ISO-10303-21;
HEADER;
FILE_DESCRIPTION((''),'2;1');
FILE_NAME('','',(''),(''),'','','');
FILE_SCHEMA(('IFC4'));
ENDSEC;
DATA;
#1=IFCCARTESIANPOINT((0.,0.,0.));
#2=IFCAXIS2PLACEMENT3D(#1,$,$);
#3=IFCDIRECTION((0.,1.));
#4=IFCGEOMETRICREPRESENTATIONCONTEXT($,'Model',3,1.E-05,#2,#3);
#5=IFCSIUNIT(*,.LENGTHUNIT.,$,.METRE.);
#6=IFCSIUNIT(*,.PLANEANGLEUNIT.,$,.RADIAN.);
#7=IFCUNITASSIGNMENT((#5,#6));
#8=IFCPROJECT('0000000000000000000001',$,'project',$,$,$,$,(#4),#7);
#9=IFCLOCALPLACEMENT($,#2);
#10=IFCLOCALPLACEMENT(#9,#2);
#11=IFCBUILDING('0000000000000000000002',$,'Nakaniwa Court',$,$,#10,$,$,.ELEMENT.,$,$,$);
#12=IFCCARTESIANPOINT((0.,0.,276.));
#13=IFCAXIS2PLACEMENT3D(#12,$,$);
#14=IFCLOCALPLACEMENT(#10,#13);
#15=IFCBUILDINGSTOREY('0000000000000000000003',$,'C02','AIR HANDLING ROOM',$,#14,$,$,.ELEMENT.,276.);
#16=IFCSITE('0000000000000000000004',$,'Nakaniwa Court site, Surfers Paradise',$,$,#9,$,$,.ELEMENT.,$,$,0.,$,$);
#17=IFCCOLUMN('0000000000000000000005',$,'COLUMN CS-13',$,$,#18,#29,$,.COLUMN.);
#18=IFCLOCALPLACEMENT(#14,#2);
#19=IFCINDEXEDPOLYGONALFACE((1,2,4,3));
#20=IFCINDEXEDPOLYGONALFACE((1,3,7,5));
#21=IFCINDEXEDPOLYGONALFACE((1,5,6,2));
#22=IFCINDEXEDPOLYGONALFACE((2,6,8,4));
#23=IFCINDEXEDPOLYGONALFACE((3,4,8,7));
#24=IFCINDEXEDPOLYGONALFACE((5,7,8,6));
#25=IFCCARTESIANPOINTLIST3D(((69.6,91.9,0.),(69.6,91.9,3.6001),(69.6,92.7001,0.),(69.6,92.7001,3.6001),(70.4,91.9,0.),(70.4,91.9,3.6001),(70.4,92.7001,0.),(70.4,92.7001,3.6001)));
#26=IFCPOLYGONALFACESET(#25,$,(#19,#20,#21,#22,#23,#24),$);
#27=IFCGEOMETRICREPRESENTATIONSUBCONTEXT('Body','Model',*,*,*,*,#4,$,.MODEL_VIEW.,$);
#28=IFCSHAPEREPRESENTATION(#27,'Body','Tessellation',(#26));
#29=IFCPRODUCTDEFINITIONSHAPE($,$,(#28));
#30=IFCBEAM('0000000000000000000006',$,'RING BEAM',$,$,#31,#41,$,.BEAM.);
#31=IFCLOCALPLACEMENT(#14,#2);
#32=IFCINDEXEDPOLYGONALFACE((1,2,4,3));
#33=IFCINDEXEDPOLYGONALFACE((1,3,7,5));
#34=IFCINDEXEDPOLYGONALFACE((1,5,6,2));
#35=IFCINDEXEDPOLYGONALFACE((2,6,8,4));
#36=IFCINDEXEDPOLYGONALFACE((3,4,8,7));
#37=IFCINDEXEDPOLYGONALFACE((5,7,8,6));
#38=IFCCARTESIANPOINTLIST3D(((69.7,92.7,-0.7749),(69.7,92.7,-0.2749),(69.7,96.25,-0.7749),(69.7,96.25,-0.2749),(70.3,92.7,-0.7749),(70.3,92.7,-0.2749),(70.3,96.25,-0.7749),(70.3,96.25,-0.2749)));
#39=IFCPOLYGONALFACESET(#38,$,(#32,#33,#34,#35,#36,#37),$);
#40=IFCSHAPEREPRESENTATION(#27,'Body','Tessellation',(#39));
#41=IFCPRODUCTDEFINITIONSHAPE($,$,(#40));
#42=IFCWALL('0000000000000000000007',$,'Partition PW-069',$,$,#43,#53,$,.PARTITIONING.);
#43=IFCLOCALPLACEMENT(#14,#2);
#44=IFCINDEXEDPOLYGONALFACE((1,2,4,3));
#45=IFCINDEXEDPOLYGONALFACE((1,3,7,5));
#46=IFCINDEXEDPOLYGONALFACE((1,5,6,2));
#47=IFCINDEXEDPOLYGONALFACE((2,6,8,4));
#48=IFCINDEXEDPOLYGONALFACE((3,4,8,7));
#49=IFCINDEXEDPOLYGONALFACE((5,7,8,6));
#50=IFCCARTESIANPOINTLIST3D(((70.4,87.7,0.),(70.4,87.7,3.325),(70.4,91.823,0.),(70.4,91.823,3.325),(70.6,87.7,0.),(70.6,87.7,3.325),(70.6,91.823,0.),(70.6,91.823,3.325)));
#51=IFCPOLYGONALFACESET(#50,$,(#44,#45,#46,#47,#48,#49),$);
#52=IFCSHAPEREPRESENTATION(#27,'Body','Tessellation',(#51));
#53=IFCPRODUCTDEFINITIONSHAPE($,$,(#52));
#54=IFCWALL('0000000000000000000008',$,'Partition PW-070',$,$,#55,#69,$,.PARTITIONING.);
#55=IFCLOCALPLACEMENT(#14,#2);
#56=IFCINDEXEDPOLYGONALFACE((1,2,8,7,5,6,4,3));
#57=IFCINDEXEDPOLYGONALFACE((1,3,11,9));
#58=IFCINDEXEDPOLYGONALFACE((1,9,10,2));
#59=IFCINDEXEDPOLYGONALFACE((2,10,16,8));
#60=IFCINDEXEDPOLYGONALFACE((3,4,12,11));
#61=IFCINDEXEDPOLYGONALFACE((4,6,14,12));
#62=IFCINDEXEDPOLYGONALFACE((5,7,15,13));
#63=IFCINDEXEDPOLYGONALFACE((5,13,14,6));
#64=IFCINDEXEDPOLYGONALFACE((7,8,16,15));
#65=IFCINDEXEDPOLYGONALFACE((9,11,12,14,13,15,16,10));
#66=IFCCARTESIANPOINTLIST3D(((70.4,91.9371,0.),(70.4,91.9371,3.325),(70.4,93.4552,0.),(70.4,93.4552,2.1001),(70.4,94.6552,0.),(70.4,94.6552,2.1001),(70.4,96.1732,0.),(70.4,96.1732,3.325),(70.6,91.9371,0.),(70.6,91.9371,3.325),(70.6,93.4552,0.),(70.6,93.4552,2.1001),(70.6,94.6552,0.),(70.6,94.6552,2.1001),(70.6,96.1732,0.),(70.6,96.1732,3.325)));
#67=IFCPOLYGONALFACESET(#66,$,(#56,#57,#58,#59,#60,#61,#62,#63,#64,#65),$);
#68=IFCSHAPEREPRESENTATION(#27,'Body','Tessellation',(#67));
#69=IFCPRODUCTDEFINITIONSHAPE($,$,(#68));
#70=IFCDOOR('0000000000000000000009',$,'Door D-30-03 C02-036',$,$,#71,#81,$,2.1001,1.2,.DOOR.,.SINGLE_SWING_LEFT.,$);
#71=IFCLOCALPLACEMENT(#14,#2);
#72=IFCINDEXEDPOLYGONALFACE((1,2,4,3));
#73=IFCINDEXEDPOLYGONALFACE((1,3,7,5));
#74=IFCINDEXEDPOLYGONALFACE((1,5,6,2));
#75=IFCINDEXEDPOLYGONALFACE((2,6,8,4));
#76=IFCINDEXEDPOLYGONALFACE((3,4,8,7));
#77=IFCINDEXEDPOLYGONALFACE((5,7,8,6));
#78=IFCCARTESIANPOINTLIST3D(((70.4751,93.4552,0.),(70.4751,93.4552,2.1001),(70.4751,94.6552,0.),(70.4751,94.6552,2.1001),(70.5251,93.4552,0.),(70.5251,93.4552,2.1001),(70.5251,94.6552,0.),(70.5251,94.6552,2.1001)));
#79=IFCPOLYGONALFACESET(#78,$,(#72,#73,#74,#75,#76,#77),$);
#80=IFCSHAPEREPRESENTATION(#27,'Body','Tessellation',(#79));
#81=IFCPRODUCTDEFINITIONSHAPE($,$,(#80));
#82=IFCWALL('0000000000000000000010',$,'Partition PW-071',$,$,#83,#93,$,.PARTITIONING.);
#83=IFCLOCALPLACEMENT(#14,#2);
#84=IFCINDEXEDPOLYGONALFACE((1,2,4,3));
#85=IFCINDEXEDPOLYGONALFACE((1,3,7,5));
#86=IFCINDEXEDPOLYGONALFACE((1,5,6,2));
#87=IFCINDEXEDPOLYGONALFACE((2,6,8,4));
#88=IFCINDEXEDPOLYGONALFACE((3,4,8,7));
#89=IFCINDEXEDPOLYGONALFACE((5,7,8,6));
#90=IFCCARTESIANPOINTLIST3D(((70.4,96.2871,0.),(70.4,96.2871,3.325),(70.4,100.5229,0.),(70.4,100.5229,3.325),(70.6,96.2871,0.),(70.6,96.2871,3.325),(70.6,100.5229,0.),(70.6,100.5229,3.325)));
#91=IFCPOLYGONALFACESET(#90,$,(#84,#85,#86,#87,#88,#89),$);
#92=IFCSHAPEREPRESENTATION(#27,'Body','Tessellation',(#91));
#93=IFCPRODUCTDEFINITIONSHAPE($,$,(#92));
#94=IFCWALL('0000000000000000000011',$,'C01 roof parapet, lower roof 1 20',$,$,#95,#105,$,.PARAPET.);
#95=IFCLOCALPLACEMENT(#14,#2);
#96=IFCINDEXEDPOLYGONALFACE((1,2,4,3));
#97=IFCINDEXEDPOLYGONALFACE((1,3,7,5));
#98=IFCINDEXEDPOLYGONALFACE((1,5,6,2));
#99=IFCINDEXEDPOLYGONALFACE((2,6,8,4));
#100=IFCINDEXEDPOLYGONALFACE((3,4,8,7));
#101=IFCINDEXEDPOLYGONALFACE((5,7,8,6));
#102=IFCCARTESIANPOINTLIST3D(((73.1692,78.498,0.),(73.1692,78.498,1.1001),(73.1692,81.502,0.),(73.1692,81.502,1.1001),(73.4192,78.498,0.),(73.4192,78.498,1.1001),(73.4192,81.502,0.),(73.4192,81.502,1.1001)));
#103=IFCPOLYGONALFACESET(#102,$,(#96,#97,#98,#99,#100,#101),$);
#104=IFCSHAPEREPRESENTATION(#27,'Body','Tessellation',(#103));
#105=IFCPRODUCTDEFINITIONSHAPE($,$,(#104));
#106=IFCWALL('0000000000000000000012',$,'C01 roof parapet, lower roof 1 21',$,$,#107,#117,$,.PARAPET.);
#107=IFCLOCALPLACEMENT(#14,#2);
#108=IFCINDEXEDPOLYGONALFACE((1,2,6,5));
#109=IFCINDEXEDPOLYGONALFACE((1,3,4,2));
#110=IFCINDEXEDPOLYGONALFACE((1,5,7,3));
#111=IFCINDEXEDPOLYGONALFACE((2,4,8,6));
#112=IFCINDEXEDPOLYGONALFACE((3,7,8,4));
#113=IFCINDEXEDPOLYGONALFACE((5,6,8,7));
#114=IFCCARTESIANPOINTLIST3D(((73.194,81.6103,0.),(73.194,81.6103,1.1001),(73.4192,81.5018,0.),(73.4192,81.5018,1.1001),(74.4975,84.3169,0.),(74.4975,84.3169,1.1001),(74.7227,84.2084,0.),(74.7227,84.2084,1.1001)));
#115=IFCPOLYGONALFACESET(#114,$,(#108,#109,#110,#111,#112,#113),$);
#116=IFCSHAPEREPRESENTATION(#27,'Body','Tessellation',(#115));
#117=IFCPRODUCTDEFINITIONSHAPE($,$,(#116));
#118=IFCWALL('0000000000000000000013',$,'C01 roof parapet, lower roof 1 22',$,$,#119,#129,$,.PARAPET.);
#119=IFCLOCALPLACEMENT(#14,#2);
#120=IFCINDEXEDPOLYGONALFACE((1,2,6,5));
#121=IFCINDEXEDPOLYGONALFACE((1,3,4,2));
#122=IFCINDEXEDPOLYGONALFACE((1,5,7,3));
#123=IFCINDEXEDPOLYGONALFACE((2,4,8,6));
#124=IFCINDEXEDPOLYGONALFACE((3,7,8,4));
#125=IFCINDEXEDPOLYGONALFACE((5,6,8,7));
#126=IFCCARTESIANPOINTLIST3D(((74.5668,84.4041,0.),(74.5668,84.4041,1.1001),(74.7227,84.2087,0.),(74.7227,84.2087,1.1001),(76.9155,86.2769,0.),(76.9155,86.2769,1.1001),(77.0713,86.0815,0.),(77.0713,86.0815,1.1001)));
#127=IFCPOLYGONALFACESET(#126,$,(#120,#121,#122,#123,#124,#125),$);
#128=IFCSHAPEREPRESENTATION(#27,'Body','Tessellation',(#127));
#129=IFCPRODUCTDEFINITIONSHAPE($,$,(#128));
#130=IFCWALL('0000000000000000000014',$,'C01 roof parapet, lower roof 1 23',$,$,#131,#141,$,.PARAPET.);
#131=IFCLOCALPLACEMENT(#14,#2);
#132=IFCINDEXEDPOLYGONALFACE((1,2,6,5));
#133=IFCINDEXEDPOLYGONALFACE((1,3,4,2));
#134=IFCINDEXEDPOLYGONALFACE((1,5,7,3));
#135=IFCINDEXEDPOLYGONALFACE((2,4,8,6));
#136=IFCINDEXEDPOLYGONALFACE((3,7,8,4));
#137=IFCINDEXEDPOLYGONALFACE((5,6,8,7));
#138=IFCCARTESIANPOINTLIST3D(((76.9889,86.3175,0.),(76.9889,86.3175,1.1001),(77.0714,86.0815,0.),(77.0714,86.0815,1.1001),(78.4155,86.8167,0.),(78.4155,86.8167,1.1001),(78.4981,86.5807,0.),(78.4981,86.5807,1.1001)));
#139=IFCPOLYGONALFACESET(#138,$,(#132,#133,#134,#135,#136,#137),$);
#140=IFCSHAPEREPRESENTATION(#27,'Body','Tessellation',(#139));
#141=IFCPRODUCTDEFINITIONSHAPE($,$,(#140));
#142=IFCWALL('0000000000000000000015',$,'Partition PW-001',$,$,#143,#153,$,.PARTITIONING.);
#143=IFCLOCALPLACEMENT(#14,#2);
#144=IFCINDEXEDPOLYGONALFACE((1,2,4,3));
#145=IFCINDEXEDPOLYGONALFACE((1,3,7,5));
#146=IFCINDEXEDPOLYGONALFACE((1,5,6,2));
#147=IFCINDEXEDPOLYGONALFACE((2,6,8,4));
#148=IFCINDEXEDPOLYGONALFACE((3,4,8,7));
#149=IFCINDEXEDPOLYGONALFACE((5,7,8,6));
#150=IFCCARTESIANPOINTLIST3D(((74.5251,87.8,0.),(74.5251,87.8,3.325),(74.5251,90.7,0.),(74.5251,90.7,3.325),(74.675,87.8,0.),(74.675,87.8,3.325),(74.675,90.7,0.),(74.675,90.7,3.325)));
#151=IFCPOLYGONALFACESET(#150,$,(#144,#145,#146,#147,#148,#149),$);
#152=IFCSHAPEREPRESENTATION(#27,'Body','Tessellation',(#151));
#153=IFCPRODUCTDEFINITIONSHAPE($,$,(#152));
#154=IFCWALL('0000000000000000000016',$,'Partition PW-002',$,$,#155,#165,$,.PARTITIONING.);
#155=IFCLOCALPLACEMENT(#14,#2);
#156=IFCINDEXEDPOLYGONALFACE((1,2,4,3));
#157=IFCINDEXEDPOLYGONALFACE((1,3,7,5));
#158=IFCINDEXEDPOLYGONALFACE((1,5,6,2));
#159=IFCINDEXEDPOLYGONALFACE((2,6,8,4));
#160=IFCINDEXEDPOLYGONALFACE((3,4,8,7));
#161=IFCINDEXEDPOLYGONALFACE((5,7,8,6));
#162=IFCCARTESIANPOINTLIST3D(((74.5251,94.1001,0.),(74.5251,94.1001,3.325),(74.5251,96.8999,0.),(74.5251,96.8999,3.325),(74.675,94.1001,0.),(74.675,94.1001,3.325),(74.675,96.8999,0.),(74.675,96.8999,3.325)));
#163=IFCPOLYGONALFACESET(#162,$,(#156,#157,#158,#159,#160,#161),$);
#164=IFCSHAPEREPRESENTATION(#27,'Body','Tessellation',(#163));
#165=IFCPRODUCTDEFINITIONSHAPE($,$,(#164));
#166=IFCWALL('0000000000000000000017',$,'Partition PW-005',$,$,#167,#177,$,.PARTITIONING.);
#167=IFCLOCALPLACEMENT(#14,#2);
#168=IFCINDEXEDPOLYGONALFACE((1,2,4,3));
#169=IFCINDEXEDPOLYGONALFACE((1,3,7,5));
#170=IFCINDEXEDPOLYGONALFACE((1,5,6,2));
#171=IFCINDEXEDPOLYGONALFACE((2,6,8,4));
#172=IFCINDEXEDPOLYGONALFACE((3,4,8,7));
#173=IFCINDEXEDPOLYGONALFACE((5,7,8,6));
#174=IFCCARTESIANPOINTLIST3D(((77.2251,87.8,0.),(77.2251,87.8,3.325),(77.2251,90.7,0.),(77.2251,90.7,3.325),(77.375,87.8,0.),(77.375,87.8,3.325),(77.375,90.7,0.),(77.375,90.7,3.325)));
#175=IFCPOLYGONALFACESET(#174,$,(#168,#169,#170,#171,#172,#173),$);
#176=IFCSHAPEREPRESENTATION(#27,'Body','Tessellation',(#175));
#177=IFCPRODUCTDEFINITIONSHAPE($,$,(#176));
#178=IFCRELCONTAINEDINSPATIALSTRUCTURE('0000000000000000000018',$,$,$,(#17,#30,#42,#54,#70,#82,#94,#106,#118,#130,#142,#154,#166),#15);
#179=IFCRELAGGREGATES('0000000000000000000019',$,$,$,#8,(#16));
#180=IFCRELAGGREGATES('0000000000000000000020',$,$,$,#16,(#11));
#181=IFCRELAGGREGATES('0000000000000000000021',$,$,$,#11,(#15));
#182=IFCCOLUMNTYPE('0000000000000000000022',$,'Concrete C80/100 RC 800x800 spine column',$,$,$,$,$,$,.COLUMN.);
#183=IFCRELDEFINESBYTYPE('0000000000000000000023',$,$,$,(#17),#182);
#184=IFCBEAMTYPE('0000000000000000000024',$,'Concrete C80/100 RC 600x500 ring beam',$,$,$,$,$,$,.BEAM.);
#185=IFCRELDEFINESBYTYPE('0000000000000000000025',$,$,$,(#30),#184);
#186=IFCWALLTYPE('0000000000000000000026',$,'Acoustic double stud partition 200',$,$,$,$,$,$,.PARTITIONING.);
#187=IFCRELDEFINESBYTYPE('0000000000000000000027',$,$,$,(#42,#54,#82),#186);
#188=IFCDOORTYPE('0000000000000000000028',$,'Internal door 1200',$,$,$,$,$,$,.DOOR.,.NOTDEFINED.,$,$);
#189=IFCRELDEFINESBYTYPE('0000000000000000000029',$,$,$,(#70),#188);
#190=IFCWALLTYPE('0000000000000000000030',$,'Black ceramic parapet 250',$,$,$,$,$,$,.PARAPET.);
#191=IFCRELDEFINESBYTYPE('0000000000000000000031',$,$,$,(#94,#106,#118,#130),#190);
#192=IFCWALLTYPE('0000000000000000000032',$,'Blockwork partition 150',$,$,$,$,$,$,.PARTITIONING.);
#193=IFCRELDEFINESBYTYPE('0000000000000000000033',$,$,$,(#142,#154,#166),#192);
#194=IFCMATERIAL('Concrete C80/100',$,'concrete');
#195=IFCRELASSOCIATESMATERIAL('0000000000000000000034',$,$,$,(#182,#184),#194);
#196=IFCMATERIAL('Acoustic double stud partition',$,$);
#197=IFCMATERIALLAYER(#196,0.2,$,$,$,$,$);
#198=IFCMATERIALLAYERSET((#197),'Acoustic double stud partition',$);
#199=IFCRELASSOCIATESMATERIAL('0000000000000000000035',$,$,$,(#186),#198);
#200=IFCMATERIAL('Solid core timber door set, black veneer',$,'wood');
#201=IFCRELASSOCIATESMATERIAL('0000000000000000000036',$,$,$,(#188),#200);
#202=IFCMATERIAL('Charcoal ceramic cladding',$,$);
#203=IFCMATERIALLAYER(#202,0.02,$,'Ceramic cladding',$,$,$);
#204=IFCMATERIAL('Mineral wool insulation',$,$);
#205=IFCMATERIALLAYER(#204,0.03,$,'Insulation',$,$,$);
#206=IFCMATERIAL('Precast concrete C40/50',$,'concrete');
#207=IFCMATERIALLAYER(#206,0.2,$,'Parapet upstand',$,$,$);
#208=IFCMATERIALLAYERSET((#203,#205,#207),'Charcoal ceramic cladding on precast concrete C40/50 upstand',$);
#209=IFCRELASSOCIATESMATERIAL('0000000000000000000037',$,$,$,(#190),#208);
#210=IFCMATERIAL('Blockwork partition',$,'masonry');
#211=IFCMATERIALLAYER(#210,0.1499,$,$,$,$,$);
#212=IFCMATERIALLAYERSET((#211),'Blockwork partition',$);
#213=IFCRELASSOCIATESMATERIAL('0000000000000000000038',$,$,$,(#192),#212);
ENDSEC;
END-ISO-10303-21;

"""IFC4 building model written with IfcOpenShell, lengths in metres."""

from ifc_helpers import new_model, si_unit, direction, frame, frame_2d, origin, origin_2d, place, context, subcontext, project, spatial, rectangle, extrude, material, layer, layer_set, material_profile, profile_set, type_object, element, fill, save


model = new_model("IFC4")

# Units and contexts
model_context = context("Model", 3, precision=1e-05, world=origin(), true_north=direction((0.0, 1.0)))
body_context = subcontext(model_context, "Body", "Model", "MODEL_VIEW")
ifc_project = project(units=[si_unit("LENGTHUNIT", "METRE"), si_unit("PLANEANGLEUNIT", "RADIAN")], contexts=[model_context])

# Site, building, storey
site_placement = place(None, origin())
site = spatial("IfcSite", under=ifc_project, at=site_placement, Name="Nakaniwa Court site, Surfers Paradise", CompositionType="ELEMENT", RefElevation=0.0)
building_placement = place(site_placement, origin())
building = spatial("IfcBuilding", under=site, at=building_placement, Name="Nakaniwa Court", CompositionType="ELEMENT")
storey_placement = place(building_placement, frame((0.0, 0.0, 276.0)))
storey = spatial("IfcBuildingStorey", under=building, at=storey_placement, Name="C02", Description="AIR HANDLING ROOM", CompositionType="ELEMENT", Elevation=276.0)

# Column
ifc_material_1 = material(Name="Concrete C80/100", Category="concrete")
ifc_material_profile_1 = material_profile(ifc_material_1, rectangle(XDim=0.8, YDim=0.8, at=origin_2d()), Name="Concrete C80/100 RC 800x800 spine column")
ifc_profile_set_1 = profile_set([ifc_material_profile_1], Name="Concrete C80/100")
column_type = type_object("IfcColumnType", Name="Concrete C80/100 RC 800x800 spine column", PredefinedType="COLUMN", material=ifc_profile_set_1)
column_placement = place(storey_placement, frame((70.0, 92.3, 0.0), z_axis=(0.0, 0.0, 1.0), x_axis=(0.0, -1.0, 0.0)))
element("IfcColumn", 1, at=column_placement, inside=storey, type_object=column_type, Name="COLUMN CS-13", PredefinedType="COLUMN", context=body_context, shape_type="SweptSolid", body=[
    extrude(rectangle(XDim=0.8, YDim=0.8, at=origin_2d()), origin(), (0.0, 0.0, 1.0), 3.6001),
])

# Beam
ifc_material_profile_2 = material_profile(ifc_material_1, rectangle(XDim=0.6001, YDim=0.5, at=origin_2d()), Name="Concrete C80/100 RC 600x500 ring beam")
ifc_profile_set_2 = profile_set([ifc_material_profile_2], Name="Concrete C80/100")
beam_type = type_object("IfcBeamType", Name="Concrete C80/100 RC 600x500 ring beam", PredefinedType="BEAM", material=ifc_profile_set_2)
beam_placement = place(storey_placement, frame((70.0, 96.25, -0.5249), z_axis=(0.0, -1.0, 0.0), x_axis=(1.0, 0.0, 0.0)))
element("IfcBeam", 2, at=beam_placement, inside=storey, type_object=beam_type, Name="RING BEAM", PredefinedType="BEAM", context=body_context, shape_type="SweptSolid", body=[
    extrude(rectangle(XDim=0.6001, YDim=0.5, at=origin_2d()), origin(), (0.0, 0.0, 1.0), 3.55),
])

# Wall
ifc_material_2 = material(Name="Acoustic double stud partition")
ifc_layer_1 = layer(ifc_material_2, 0.2)
ifc_layer_set_1 = layer_set([ifc_layer_1], Name="Acoustic double stud partition")
wall_type_1 = type_object("IfcWallType", Name="Acoustic double stud partition 200", PredefinedType="PARTITIONING", material=ifc_layer_set_1)
wall_1_placement = place(storey_placement, frame((70.5, 87.7, 0.0), z_axis=(0.0, 0.0, 1.0), x_axis=(0.0, 1.0, 0.0)))
element("IfcWall", 3, at=wall_1_placement, inside=storey, type_object=wall_type_1, Name="Partition PW-069", PredefinedType="PARTITIONING", context=body_context, shape_type="SweptSolid", body=[
    extrude(rectangle(XDim=4.123, YDim=0.2, at=frame_2d((2.0615, 0.0))), origin(), (0.0, 0.0, 1.0), 3.325),
])

# Wall, opening, door
wall_2_placement = place(storey_placement, frame((70.5, 91.937, 0.0), z_axis=(0.0, 0.0, 1.0), x_axis=(0.0, 1.0, 0.0)))
wall_2 = element("IfcWall", 4, at=wall_2_placement, inside=storey, type_object=wall_type_1, Name="Partition PW-070", PredefinedType="PARTITIONING", context=body_context, shape_type="SweptSolid", body=[
    extrude(rectangle(XDim=4.2361, YDim=0.2, at=frame_2d((2.1182, 0.0))), origin(), (0.0, 0.0, 1.0), 3.325),
])
opening_1_placement = place(wall_2_placement, frame((1.5181, 0.0, 0.0)))
opening_1 = element("IfcOpeningElement", 5, at=opening_1_placement, cuts=wall_2, PredefinedType="OPENING", context=body_context, shape_type="SweptSolid", body=[
    extrude(rectangle(XDim=1.2, YDim=2.1001, at=frame_2d((0.6001, 1.05))), frame((0.0, 0.1099, 0.0), z_axis=(0.0, -1.0, 0.0), x_axis=(1.0, 0.0, 0.0)), (0.0, 0.0, 1.0), 0.22),
])
ifc_material_3 = material(Name="Solid core timber door set, black veneer", Category="wood")
door_type_1 = type_object("IfcDoorType", Name="Internal door 1200", OperationType="NOTDEFINED", PredefinedType="DOOR", material=ifc_material_3)
door_1_placement = place(opening_1_placement, origin())
door_1 = element("IfcDoor", 6, at=door_1_placement, inside=storey, type_object=door_type_1, Name="Door D-30-03 C02-036", OperationType="SINGLE_SWING_LEFT", OverallHeight=2.1001, OverallWidth=1.2, PredefinedType="DOOR", context=body_context, shape_type="SweptSolid", body=[
    extrude(rectangle(XDim=1.2, YDim=2.1001, at=frame_2d((0.6001, 1.05))), frame((0.0, 0.0249, 0.0), z_axis=(0.0, -1.0, 0.0), x_axis=(1.0, 0.0, 0.0)), (0.0, 0.0, 1.0), 0.05),
])
fill(opening_1, door_1)

# Walls
wall_3_placement = place(storey_placement, frame((70.5, 96.2871, 0.0), z_axis=(0.0, 0.0, 1.0), x_axis=(0.0, 1.0, 0.0)))
element("IfcWall", 7, at=wall_3_placement, inside=storey, type_object=wall_type_1, Name="Partition PW-071", PredefinedType="PARTITIONING", context=body_context, shape_type="SweptSolid", body=[
    extrude(rectangle(XDim=4.2358, YDim=0.2, at=frame_2d((2.1179, 0.0))), origin(), (0.0, 0.0, 1.0), 3.325),
])
ifc_material_4 = material(Name="Charcoal ceramic cladding")
ifc_layer_2 = layer(ifc_material_4, 0.02, Name="Ceramic cladding")
ifc_material_5 = material(Name="Mineral wool insulation")
ifc_layer_3 = layer(ifc_material_5, 0.03, Name="Insulation")
ifc_material_6 = material(Name="Precast concrete C40/50", Category="concrete")
ifc_layer_4 = layer(ifc_material_6, 0.2, Name="Parapet upstand")
ifc_layer_set_2 = layer_set([ifc_layer_2, ifc_layer_3, ifc_layer_4], Name="Charcoal ceramic cladding on precast concrete C40/50 upstand")
wall_type_2 = type_object("IfcWallType", Name="Black ceramic parapet 250", PredefinedType="PARAPET", material=ifc_layer_set_2)
wall_4_placement = place(storey_placement, frame((73.2942, 78.498, 0.0), z_axis=(0.0, 0.0, 1.0), x_axis=(0.0, 1.0, 0.0)))
element("IfcWall", 8, at=wall_4_placement, inside=storey, type_object=wall_type_2, Name="C01 roof parapet, lower roof 1 20", PredefinedType="PARAPET", context=body_context, shape_type="SweptSolid", body=[
    extrude(rectangle(XDim=3.0039, YDim=0.25, at=frame_2d((1.502, 0.0))), origin(), (0.0, 0.0, 1.0), 1.1001),
])
wall_5_placement = place(storey_placement, frame((73.3066, 81.5562, 0.0), z_axis=(0.0, 0.0, 1.0), x_axis=(0.433901, 0.90096, 0.0)))
element("IfcWall", 9, at=wall_5_placement, inside=storey, type_object=wall_type_2, Name="C01 roof parapet, lower roof 1 21", PredefinedType="PARAPET", context=body_context, shape_type="SweptSolid", body=[
    extrude(rectangle(XDim=3.0042, YDim=0.25, at=frame_2d((1.502, 0.0))), origin(), (0.0, 0.0, 1.0), 1.1001),
])
wall_6_placement = place(storey_placement, frame((74.6448, 84.3064, 0.0), z_axis=(0.0, 0.0, 1.0), x_axis=(0.781859, 0.623455, 0.0)))
element("IfcWall", 10, at=wall_6_placement, inside=storey, type_object=wall_type_2, Name="C01 roof parapet, lower roof 1 22", PredefinedType="PARAPET", context=body_context, shape_type="SweptSolid", body=[
    extrude(rectangle(XDim=3.0039, YDim=0.25, at=frame_2d((1.502, 0.0))), origin(), (0.0, 0.0, 1.0), 1.1001),
])
wall_7_placement = place(storey_placement, frame((77.03, 86.1995, 0.0), z_axis=(0.0, 0.0, 1.0), x_axis=(0.943878, 0.330293, 0.0)))
element("IfcWall", 11, at=wall_7_placement, inside=storey, type_object=wall_type_2, Name="C01 roof parapet, lower roof 1 23", PredefinedType="PARAPET", context=body_context, shape_type="SweptSolid", body=[
    extrude(rectangle(XDim=1.5115, YDim=0.25, at=frame_2d((0.7559, 0.0))), origin(), (0.0, 0.0, 1.0), 1.1001),
])
ifc_material_7 = material(Name="Blockwork partition", Category="masonry")
ifc_layer_5 = layer(ifc_material_7, 0.1499)
ifc_layer_set_3 = layer_set([ifc_layer_5], Name="Blockwork partition")
wall_type_3 = type_object("IfcWallType", Name="Blockwork partition 150", PredefinedType="PARTITIONING", material=ifc_layer_set_3)
wall_8_placement = place(storey_placement, frame((74.6001, 87.8, 0.0), z_axis=(0.0, 0.0, 1.0), x_axis=(0.0, 1.0, 0.0)))
element("IfcWall", 12, at=wall_8_placement, inside=storey, type_object=wall_type_3, Name="Partition PW-001", PredefinedType="PARTITIONING", context=body_context, shape_type="SweptSolid", body=[
    extrude(rectangle(XDim=2.8999, YDim=0.1499, at=frame_2d((1.45, 0.0))), origin(), (0.0, 0.0, 1.0), 3.325),
])
wall_9_placement = place(storey_placement, frame((74.6001, 94.1001, 0.0), z_axis=(0.0, 0.0, 1.0), x_axis=(0.0, 1.0, 0.0)))
element("IfcWall", 13, at=wall_9_placement, inside=storey, type_object=wall_type_3, Name="Partition PW-002", PredefinedType="PARTITIONING", context=body_context, shape_type="SweptSolid", body=[
    extrude(rectangle(XDim=2.7998, YDim=0.1499, at=frame_2d((1.3999, 0.0))), origin(), (0.0, 0.0, 1.0), 3.325),
])
wall_10_placement = place(storey_placement, frame((77.3, 87.8, 0.0), z_axis=(0.0, 0.0, 1.0), x_axis=(0.0, 1.0, 0.0)))
element("IfcWall", 14, at=wall_10_placement, inside=storey, type_object=wall_type_3, Name="Partition PW-005", PredefinedType="PARTITIONING", context=body_context, shape_type="SweptSolid", body=[
    extrude(rectangle(XDim=2.8999, YDim=0.1499, at=frame_2d((1.45, 0.0))), origin(), (0.0, 0.0, 1.0), 3.325),
])

save(model, "model.ifc")
